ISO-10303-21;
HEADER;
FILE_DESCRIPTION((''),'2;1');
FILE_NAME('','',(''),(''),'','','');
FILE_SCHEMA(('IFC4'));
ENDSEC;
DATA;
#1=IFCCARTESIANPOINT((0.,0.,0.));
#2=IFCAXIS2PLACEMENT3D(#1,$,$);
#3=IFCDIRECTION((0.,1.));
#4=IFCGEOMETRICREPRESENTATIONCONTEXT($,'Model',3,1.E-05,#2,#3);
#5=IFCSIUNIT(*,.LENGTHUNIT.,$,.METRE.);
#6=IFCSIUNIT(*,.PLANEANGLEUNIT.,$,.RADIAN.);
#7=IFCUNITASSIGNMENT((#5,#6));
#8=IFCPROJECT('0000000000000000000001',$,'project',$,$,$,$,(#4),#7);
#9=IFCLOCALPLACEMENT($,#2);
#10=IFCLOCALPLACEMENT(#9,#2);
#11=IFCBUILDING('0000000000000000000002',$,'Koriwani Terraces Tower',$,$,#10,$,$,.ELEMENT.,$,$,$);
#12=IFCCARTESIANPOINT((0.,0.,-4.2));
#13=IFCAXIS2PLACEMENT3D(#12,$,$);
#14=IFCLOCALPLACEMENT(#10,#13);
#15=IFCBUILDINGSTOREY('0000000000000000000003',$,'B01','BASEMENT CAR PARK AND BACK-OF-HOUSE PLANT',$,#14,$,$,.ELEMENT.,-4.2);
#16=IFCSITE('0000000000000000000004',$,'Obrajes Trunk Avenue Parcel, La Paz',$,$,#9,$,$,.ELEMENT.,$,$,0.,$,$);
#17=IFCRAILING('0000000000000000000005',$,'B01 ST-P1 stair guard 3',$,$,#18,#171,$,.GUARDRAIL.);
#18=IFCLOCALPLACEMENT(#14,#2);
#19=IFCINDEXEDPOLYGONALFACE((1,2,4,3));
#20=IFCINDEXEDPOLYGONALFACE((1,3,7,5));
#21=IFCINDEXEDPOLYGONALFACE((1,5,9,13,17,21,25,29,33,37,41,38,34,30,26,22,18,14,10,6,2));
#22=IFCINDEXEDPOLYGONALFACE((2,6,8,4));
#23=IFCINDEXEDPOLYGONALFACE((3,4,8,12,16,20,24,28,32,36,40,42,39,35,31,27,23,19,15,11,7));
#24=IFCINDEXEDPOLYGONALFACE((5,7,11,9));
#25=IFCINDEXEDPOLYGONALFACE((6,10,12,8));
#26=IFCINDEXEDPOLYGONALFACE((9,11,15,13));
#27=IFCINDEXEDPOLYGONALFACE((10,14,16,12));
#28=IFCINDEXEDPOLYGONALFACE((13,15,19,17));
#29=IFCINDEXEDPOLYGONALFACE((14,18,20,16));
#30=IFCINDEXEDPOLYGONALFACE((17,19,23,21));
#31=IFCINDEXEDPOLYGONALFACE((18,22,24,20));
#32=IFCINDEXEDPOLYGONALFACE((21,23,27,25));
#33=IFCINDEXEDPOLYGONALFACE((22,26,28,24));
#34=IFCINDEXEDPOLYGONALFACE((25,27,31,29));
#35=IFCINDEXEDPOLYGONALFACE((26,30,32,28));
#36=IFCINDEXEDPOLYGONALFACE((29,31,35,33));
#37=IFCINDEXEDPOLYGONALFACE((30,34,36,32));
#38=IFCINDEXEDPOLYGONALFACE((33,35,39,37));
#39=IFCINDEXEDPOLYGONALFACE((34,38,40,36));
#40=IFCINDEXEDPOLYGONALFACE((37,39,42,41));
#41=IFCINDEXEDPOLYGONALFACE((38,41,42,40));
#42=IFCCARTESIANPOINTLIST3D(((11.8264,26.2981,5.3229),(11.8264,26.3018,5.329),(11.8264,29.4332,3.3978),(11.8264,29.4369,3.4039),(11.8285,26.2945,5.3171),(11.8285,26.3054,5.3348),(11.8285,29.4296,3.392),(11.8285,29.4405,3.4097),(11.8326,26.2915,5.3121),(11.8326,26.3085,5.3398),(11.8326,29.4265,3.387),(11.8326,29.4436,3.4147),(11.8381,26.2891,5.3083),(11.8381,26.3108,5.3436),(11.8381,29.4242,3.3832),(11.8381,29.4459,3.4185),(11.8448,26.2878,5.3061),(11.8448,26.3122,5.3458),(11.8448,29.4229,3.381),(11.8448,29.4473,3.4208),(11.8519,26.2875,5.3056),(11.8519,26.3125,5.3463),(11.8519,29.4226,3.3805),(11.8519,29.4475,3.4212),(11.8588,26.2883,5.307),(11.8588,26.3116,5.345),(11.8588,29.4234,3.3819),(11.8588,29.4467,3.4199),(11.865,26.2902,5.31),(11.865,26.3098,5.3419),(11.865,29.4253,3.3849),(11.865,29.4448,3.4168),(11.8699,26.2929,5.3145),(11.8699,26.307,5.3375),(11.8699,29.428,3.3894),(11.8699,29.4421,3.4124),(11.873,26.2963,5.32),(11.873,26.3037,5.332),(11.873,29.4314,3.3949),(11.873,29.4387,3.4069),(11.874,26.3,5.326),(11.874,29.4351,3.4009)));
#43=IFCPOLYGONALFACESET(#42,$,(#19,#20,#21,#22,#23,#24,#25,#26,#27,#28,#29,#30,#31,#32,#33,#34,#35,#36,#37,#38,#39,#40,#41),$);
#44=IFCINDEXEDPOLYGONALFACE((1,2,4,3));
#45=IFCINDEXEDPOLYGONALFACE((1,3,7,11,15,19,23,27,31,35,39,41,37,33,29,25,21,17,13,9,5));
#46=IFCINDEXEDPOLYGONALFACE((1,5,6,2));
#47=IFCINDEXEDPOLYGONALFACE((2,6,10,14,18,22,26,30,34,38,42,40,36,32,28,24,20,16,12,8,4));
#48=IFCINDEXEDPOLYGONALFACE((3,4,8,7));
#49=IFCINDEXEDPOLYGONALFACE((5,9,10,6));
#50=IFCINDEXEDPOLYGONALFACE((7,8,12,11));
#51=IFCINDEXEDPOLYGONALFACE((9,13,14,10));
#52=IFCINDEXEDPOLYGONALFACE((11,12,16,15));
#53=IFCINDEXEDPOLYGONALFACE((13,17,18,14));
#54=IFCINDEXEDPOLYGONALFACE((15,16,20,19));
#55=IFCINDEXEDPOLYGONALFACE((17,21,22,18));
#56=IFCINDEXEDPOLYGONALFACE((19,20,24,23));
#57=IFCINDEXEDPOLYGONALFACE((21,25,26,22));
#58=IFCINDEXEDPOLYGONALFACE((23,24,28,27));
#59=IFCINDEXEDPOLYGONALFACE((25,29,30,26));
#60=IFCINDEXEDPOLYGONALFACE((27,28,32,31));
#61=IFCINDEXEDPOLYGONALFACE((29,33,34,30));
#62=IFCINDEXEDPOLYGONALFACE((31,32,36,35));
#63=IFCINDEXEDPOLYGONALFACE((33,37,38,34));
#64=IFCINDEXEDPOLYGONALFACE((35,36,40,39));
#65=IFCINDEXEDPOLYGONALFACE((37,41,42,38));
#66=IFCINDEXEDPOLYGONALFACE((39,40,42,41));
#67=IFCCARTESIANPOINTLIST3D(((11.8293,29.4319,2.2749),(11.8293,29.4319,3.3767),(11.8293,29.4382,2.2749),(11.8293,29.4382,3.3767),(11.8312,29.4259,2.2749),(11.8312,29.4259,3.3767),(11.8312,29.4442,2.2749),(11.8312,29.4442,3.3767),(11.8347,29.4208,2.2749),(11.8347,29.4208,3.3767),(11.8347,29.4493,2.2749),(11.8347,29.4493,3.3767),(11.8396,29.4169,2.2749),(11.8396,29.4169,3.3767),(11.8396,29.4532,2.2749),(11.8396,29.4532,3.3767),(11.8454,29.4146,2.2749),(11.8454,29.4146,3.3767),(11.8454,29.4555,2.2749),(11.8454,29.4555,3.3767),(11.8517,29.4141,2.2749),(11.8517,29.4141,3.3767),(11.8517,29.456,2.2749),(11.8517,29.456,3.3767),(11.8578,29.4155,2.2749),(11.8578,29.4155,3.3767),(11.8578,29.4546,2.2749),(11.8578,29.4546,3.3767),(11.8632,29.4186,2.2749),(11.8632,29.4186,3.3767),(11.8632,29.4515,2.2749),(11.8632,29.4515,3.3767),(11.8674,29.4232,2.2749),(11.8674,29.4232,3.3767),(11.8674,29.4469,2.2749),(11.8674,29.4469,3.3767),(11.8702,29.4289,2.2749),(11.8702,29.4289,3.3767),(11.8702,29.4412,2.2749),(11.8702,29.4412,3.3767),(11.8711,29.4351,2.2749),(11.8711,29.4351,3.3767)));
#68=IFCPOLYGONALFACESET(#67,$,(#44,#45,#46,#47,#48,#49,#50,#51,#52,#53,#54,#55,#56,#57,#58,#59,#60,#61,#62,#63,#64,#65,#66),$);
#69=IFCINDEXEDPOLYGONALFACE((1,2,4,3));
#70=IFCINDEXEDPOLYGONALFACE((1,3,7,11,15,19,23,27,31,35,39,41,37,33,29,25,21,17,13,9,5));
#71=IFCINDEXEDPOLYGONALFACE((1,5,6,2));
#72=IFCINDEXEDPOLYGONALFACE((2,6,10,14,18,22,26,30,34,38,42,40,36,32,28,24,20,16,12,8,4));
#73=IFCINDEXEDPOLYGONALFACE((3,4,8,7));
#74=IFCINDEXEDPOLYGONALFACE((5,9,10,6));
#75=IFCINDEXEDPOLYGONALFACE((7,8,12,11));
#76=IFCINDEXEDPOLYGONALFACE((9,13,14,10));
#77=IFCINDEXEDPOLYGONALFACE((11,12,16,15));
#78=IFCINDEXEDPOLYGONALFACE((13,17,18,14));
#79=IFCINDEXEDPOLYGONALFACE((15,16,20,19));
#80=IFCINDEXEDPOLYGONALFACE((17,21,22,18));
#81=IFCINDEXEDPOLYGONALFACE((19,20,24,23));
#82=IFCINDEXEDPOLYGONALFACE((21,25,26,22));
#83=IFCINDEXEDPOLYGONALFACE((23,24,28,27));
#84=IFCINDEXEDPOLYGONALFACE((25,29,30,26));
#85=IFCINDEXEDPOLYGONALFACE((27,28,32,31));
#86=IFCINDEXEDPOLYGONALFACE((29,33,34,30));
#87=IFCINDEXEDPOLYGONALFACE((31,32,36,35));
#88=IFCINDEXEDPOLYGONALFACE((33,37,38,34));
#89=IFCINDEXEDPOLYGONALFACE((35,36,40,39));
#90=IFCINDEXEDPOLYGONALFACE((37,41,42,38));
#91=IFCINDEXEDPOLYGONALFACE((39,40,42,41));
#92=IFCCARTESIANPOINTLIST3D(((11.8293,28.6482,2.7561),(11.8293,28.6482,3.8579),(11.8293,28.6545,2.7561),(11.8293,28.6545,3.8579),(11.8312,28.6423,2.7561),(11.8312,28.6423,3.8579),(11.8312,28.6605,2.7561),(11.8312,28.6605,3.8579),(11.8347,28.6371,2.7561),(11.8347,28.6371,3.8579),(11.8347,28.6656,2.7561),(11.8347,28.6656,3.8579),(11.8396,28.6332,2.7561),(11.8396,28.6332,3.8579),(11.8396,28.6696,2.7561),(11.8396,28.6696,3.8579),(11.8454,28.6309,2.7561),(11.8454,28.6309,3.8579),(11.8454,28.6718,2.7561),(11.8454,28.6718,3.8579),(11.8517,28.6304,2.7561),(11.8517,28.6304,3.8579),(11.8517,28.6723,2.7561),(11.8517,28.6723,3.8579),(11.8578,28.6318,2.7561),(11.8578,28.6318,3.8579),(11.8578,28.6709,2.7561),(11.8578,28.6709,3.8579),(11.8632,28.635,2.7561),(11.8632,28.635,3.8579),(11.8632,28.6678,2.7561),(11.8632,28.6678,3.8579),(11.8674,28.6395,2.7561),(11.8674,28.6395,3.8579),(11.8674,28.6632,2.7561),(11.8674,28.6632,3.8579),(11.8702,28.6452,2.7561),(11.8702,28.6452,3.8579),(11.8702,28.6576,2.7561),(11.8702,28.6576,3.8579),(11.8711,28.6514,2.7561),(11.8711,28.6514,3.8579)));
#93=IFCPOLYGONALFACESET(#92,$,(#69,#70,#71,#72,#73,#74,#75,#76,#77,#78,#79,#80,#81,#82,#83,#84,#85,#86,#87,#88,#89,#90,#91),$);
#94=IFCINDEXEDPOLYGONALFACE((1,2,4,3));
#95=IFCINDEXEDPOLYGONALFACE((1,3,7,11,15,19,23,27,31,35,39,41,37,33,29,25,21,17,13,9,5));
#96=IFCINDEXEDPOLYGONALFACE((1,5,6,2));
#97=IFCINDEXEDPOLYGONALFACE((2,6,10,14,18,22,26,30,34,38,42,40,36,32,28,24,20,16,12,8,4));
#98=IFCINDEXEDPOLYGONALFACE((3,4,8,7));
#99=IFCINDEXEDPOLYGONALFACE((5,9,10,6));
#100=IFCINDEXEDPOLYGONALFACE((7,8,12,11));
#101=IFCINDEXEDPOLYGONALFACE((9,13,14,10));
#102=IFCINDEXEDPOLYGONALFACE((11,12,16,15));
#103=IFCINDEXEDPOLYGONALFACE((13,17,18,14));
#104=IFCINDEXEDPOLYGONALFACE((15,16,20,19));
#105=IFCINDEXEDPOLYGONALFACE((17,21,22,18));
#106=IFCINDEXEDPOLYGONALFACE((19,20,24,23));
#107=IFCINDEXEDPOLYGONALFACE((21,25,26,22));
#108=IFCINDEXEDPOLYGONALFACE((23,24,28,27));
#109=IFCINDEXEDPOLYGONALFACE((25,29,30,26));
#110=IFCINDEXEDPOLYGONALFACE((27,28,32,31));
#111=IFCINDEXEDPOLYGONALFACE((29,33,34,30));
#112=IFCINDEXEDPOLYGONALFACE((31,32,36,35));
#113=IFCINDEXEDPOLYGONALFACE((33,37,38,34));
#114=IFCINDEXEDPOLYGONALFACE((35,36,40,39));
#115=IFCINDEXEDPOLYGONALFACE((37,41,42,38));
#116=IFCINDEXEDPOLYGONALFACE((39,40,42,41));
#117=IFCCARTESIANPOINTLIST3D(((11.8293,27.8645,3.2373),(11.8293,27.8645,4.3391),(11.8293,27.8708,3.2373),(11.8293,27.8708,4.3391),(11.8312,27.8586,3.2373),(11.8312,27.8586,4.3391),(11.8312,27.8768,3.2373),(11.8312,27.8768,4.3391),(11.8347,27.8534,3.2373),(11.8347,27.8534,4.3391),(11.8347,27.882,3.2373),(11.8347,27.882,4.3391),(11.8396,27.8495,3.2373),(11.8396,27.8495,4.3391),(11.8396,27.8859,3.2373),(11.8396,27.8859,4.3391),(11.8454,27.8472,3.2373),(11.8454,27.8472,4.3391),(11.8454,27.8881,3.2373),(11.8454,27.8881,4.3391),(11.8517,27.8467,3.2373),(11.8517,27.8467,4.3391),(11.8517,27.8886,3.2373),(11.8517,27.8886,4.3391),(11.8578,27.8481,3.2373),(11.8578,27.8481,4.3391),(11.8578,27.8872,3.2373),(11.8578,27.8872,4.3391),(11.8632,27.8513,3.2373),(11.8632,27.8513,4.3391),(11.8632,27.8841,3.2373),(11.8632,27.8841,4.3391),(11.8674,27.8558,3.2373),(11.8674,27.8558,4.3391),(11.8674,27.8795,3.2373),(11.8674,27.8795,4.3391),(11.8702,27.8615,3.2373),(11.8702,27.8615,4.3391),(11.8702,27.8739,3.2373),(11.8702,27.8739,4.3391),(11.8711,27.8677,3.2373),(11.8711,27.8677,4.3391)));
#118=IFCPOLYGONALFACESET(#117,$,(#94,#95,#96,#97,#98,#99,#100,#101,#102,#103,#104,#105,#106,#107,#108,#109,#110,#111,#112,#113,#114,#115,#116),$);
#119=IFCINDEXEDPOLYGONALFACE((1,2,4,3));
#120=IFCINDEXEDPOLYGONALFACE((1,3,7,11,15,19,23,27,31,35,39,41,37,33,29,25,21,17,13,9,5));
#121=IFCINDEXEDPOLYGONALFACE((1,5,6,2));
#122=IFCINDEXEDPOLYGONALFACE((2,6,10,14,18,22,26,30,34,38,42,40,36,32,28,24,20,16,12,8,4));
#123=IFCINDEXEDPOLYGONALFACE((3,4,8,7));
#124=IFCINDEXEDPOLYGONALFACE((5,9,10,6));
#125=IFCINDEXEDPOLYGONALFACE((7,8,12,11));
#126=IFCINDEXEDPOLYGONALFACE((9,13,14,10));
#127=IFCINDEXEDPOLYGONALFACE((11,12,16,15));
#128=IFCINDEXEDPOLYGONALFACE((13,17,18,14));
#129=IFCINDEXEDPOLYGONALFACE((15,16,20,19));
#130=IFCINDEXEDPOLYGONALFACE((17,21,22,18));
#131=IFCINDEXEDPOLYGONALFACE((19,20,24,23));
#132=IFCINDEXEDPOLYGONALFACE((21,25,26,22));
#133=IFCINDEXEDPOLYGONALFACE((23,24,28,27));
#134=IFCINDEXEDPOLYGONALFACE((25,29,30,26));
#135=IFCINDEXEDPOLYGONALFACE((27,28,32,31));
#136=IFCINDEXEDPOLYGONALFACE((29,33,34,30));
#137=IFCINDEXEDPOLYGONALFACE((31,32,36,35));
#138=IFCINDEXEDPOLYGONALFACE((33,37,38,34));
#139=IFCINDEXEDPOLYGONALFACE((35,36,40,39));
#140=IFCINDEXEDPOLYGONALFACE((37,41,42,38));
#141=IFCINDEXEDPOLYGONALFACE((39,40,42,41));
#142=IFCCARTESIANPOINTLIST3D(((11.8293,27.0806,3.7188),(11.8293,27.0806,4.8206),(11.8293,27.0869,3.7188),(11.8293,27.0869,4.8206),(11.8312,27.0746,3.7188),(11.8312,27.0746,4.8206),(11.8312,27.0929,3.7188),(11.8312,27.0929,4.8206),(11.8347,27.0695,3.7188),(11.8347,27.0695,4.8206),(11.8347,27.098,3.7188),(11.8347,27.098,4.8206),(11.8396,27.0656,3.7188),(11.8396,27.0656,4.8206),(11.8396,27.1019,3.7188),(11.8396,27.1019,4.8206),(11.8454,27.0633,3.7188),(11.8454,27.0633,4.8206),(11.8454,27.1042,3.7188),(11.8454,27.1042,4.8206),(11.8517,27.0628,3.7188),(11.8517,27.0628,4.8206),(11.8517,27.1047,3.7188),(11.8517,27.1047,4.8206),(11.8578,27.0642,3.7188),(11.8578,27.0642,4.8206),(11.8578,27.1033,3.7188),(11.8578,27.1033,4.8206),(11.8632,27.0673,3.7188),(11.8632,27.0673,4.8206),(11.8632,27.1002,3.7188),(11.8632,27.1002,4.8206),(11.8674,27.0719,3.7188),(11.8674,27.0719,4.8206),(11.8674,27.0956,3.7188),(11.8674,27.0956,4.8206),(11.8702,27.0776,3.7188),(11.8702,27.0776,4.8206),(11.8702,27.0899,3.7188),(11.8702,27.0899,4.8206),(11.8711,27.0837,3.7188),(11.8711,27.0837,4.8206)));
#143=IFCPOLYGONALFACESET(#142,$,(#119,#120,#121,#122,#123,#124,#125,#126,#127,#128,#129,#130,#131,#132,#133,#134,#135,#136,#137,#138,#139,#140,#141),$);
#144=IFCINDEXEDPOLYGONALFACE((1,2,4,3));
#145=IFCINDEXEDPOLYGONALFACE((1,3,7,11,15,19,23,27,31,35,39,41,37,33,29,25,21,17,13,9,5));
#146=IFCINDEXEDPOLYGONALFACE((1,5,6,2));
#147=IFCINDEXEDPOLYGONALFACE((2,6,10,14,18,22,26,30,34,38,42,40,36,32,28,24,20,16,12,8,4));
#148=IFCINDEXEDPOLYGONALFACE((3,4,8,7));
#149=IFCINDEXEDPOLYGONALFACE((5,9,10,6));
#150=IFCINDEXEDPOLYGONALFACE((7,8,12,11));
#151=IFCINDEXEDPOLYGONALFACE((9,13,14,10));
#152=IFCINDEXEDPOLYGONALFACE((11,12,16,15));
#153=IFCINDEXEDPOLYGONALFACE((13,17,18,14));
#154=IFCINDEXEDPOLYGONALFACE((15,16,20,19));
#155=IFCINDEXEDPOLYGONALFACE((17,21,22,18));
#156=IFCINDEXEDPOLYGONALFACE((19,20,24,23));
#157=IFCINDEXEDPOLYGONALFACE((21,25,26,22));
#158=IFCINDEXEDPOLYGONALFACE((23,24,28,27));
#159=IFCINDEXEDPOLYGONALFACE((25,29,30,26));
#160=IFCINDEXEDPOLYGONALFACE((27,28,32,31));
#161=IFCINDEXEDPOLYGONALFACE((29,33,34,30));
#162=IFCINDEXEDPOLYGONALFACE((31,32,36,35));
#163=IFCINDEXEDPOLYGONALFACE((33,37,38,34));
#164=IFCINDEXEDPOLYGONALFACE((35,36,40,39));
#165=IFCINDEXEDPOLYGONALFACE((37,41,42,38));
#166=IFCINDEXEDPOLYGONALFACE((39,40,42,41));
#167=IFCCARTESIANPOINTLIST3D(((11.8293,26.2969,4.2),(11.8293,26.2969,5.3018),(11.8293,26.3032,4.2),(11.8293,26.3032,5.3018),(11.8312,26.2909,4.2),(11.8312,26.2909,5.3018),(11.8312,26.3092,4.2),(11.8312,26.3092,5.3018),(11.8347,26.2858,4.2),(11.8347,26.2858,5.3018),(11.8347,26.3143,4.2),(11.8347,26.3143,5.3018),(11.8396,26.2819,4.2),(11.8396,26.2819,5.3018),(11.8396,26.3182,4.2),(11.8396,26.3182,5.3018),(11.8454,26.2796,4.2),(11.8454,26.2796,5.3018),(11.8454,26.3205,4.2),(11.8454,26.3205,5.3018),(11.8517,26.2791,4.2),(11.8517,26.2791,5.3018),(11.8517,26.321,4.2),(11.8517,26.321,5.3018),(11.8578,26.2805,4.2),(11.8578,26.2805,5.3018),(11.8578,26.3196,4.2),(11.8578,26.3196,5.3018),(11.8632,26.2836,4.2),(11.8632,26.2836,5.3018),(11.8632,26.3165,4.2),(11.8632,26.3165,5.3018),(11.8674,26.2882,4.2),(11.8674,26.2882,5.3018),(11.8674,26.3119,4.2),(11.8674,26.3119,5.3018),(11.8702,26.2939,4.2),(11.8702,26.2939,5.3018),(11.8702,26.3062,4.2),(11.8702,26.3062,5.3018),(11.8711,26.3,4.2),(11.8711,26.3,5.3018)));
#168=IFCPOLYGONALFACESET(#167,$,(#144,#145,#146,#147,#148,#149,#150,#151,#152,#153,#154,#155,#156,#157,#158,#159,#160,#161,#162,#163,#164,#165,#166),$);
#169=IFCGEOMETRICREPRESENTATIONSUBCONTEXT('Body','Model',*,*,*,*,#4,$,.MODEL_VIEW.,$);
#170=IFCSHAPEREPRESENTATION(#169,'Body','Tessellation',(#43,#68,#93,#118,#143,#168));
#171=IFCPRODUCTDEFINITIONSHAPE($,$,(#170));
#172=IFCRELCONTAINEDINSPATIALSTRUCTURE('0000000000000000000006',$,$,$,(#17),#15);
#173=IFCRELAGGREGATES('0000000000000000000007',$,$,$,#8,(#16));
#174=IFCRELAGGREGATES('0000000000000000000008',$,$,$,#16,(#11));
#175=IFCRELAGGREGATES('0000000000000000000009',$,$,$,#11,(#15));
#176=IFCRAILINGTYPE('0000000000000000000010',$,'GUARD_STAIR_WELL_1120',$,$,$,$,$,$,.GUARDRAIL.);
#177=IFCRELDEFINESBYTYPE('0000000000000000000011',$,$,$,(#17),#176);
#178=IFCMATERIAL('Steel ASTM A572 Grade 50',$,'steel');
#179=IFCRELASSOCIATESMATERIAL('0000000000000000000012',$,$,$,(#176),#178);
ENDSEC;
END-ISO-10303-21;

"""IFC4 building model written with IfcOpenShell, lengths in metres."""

from ifc_helpers import new_model, si_unit, direction, frame, origin, origin_2d, place, context, subcontext, project, spatial, circle, extrude, material, type_object, element, save


model = new_model("IFC4")

# Units and contexts
model_context = context("Model", 3, precision=1e-05, world=origin(), true_north=direction((0.0, 1.0)))
body_context = subcontext(model_context, "Body", "Model", "MODEL_VIEW")
ifc_project = project(units=[si_unit("LENGTHUNIT", "METRE"), si_unit("PLANEANGLEUNIT", "RADIAN")], contexts=[model_context])

# Site, building, storey
site_placement = place(None, origin())
site = spatial("IfcSite", under=ifc_project, at=site_placement, Name="Obrajes Trunk Avenue Parcel, La Paz", CompositionType="ELEMENT", RefElevation=0.0)
building_placement = place(site_placement, origin())
building = spatial("IfcBuilding", under=site, at=building_placement, Name="Koriwani Terraces Tower", CompositionType="ELEMENT")
storey_placement = place(building_placement, frame((0.0, 0.0, -4.2)))
storey = spatial("IfcBuildingStorey", under=building, at=storey_placement, Name="B01", Description="BASEMENT CAR PARK AND BACK-OF-HOUSE PLANT", CompositionType="ELEMENT", Elevation=-4.2)

# Shared definitions
ifc_material_1 = material(Name="Steel ASTM A572 Grade 50", Category="steel")

# Railing
railing_type_1 = type_object("IfcRailingType", Name="GUARD_STAIR_WELL_1120", PredefinedType="GUARDRAIL", material=ifc_material_1)
railing_1_placement = place(storey_placement, frame((11.8501, 29.4351, 2.2749)))
element("IfcRailing", 1, at=railing_1_placement, inside=storey, type_object=railing_type_1, Name="B01 ST-P1 stair guard 3", PredefinedType="GUARDRAIL", context=body_context, shape_type="SweptSolid", body=[
    extrude(circle(Radius=0.0239, at=origin_2d()), frame((0.0, 0.0, 1.126), z_axis=(0.0, -0.852166, 0.523271), x_axis=(1.0, 0.0, 0.0)), (0.0, 0.0, 1.0), 3.679),
    extrude(circle(Radius=0.021, at=origin_2d()), origin(), (0.0, 0.0, 1.0), 1.1018),
    extrude(circle(Radius=0.021, at=origin_2d()), frame((0.0, -0.7837, 0.4812)), (0.0, 0.0, 1.0), 1.1018),
    extrude(circle(Radius=0.021, at=origin_2d()), frame((0.0, -1.5674, 0.9624)), (0.0, 0.0, 1.0), 1.1018),
    extrude(circle(Radius=0.021, at=origin_2d()), frame((0.0, -2.3513, 1.4438)), (0.0, 0.0, 1.0), 1.1018),
    extrude(circle(Radius=0.021, at=origin_2d()), frame((0.0, -3.135, 1.925)), (0.0, 0.0, 1.0), 1.1018),
])

save(model, "model.ifc")
